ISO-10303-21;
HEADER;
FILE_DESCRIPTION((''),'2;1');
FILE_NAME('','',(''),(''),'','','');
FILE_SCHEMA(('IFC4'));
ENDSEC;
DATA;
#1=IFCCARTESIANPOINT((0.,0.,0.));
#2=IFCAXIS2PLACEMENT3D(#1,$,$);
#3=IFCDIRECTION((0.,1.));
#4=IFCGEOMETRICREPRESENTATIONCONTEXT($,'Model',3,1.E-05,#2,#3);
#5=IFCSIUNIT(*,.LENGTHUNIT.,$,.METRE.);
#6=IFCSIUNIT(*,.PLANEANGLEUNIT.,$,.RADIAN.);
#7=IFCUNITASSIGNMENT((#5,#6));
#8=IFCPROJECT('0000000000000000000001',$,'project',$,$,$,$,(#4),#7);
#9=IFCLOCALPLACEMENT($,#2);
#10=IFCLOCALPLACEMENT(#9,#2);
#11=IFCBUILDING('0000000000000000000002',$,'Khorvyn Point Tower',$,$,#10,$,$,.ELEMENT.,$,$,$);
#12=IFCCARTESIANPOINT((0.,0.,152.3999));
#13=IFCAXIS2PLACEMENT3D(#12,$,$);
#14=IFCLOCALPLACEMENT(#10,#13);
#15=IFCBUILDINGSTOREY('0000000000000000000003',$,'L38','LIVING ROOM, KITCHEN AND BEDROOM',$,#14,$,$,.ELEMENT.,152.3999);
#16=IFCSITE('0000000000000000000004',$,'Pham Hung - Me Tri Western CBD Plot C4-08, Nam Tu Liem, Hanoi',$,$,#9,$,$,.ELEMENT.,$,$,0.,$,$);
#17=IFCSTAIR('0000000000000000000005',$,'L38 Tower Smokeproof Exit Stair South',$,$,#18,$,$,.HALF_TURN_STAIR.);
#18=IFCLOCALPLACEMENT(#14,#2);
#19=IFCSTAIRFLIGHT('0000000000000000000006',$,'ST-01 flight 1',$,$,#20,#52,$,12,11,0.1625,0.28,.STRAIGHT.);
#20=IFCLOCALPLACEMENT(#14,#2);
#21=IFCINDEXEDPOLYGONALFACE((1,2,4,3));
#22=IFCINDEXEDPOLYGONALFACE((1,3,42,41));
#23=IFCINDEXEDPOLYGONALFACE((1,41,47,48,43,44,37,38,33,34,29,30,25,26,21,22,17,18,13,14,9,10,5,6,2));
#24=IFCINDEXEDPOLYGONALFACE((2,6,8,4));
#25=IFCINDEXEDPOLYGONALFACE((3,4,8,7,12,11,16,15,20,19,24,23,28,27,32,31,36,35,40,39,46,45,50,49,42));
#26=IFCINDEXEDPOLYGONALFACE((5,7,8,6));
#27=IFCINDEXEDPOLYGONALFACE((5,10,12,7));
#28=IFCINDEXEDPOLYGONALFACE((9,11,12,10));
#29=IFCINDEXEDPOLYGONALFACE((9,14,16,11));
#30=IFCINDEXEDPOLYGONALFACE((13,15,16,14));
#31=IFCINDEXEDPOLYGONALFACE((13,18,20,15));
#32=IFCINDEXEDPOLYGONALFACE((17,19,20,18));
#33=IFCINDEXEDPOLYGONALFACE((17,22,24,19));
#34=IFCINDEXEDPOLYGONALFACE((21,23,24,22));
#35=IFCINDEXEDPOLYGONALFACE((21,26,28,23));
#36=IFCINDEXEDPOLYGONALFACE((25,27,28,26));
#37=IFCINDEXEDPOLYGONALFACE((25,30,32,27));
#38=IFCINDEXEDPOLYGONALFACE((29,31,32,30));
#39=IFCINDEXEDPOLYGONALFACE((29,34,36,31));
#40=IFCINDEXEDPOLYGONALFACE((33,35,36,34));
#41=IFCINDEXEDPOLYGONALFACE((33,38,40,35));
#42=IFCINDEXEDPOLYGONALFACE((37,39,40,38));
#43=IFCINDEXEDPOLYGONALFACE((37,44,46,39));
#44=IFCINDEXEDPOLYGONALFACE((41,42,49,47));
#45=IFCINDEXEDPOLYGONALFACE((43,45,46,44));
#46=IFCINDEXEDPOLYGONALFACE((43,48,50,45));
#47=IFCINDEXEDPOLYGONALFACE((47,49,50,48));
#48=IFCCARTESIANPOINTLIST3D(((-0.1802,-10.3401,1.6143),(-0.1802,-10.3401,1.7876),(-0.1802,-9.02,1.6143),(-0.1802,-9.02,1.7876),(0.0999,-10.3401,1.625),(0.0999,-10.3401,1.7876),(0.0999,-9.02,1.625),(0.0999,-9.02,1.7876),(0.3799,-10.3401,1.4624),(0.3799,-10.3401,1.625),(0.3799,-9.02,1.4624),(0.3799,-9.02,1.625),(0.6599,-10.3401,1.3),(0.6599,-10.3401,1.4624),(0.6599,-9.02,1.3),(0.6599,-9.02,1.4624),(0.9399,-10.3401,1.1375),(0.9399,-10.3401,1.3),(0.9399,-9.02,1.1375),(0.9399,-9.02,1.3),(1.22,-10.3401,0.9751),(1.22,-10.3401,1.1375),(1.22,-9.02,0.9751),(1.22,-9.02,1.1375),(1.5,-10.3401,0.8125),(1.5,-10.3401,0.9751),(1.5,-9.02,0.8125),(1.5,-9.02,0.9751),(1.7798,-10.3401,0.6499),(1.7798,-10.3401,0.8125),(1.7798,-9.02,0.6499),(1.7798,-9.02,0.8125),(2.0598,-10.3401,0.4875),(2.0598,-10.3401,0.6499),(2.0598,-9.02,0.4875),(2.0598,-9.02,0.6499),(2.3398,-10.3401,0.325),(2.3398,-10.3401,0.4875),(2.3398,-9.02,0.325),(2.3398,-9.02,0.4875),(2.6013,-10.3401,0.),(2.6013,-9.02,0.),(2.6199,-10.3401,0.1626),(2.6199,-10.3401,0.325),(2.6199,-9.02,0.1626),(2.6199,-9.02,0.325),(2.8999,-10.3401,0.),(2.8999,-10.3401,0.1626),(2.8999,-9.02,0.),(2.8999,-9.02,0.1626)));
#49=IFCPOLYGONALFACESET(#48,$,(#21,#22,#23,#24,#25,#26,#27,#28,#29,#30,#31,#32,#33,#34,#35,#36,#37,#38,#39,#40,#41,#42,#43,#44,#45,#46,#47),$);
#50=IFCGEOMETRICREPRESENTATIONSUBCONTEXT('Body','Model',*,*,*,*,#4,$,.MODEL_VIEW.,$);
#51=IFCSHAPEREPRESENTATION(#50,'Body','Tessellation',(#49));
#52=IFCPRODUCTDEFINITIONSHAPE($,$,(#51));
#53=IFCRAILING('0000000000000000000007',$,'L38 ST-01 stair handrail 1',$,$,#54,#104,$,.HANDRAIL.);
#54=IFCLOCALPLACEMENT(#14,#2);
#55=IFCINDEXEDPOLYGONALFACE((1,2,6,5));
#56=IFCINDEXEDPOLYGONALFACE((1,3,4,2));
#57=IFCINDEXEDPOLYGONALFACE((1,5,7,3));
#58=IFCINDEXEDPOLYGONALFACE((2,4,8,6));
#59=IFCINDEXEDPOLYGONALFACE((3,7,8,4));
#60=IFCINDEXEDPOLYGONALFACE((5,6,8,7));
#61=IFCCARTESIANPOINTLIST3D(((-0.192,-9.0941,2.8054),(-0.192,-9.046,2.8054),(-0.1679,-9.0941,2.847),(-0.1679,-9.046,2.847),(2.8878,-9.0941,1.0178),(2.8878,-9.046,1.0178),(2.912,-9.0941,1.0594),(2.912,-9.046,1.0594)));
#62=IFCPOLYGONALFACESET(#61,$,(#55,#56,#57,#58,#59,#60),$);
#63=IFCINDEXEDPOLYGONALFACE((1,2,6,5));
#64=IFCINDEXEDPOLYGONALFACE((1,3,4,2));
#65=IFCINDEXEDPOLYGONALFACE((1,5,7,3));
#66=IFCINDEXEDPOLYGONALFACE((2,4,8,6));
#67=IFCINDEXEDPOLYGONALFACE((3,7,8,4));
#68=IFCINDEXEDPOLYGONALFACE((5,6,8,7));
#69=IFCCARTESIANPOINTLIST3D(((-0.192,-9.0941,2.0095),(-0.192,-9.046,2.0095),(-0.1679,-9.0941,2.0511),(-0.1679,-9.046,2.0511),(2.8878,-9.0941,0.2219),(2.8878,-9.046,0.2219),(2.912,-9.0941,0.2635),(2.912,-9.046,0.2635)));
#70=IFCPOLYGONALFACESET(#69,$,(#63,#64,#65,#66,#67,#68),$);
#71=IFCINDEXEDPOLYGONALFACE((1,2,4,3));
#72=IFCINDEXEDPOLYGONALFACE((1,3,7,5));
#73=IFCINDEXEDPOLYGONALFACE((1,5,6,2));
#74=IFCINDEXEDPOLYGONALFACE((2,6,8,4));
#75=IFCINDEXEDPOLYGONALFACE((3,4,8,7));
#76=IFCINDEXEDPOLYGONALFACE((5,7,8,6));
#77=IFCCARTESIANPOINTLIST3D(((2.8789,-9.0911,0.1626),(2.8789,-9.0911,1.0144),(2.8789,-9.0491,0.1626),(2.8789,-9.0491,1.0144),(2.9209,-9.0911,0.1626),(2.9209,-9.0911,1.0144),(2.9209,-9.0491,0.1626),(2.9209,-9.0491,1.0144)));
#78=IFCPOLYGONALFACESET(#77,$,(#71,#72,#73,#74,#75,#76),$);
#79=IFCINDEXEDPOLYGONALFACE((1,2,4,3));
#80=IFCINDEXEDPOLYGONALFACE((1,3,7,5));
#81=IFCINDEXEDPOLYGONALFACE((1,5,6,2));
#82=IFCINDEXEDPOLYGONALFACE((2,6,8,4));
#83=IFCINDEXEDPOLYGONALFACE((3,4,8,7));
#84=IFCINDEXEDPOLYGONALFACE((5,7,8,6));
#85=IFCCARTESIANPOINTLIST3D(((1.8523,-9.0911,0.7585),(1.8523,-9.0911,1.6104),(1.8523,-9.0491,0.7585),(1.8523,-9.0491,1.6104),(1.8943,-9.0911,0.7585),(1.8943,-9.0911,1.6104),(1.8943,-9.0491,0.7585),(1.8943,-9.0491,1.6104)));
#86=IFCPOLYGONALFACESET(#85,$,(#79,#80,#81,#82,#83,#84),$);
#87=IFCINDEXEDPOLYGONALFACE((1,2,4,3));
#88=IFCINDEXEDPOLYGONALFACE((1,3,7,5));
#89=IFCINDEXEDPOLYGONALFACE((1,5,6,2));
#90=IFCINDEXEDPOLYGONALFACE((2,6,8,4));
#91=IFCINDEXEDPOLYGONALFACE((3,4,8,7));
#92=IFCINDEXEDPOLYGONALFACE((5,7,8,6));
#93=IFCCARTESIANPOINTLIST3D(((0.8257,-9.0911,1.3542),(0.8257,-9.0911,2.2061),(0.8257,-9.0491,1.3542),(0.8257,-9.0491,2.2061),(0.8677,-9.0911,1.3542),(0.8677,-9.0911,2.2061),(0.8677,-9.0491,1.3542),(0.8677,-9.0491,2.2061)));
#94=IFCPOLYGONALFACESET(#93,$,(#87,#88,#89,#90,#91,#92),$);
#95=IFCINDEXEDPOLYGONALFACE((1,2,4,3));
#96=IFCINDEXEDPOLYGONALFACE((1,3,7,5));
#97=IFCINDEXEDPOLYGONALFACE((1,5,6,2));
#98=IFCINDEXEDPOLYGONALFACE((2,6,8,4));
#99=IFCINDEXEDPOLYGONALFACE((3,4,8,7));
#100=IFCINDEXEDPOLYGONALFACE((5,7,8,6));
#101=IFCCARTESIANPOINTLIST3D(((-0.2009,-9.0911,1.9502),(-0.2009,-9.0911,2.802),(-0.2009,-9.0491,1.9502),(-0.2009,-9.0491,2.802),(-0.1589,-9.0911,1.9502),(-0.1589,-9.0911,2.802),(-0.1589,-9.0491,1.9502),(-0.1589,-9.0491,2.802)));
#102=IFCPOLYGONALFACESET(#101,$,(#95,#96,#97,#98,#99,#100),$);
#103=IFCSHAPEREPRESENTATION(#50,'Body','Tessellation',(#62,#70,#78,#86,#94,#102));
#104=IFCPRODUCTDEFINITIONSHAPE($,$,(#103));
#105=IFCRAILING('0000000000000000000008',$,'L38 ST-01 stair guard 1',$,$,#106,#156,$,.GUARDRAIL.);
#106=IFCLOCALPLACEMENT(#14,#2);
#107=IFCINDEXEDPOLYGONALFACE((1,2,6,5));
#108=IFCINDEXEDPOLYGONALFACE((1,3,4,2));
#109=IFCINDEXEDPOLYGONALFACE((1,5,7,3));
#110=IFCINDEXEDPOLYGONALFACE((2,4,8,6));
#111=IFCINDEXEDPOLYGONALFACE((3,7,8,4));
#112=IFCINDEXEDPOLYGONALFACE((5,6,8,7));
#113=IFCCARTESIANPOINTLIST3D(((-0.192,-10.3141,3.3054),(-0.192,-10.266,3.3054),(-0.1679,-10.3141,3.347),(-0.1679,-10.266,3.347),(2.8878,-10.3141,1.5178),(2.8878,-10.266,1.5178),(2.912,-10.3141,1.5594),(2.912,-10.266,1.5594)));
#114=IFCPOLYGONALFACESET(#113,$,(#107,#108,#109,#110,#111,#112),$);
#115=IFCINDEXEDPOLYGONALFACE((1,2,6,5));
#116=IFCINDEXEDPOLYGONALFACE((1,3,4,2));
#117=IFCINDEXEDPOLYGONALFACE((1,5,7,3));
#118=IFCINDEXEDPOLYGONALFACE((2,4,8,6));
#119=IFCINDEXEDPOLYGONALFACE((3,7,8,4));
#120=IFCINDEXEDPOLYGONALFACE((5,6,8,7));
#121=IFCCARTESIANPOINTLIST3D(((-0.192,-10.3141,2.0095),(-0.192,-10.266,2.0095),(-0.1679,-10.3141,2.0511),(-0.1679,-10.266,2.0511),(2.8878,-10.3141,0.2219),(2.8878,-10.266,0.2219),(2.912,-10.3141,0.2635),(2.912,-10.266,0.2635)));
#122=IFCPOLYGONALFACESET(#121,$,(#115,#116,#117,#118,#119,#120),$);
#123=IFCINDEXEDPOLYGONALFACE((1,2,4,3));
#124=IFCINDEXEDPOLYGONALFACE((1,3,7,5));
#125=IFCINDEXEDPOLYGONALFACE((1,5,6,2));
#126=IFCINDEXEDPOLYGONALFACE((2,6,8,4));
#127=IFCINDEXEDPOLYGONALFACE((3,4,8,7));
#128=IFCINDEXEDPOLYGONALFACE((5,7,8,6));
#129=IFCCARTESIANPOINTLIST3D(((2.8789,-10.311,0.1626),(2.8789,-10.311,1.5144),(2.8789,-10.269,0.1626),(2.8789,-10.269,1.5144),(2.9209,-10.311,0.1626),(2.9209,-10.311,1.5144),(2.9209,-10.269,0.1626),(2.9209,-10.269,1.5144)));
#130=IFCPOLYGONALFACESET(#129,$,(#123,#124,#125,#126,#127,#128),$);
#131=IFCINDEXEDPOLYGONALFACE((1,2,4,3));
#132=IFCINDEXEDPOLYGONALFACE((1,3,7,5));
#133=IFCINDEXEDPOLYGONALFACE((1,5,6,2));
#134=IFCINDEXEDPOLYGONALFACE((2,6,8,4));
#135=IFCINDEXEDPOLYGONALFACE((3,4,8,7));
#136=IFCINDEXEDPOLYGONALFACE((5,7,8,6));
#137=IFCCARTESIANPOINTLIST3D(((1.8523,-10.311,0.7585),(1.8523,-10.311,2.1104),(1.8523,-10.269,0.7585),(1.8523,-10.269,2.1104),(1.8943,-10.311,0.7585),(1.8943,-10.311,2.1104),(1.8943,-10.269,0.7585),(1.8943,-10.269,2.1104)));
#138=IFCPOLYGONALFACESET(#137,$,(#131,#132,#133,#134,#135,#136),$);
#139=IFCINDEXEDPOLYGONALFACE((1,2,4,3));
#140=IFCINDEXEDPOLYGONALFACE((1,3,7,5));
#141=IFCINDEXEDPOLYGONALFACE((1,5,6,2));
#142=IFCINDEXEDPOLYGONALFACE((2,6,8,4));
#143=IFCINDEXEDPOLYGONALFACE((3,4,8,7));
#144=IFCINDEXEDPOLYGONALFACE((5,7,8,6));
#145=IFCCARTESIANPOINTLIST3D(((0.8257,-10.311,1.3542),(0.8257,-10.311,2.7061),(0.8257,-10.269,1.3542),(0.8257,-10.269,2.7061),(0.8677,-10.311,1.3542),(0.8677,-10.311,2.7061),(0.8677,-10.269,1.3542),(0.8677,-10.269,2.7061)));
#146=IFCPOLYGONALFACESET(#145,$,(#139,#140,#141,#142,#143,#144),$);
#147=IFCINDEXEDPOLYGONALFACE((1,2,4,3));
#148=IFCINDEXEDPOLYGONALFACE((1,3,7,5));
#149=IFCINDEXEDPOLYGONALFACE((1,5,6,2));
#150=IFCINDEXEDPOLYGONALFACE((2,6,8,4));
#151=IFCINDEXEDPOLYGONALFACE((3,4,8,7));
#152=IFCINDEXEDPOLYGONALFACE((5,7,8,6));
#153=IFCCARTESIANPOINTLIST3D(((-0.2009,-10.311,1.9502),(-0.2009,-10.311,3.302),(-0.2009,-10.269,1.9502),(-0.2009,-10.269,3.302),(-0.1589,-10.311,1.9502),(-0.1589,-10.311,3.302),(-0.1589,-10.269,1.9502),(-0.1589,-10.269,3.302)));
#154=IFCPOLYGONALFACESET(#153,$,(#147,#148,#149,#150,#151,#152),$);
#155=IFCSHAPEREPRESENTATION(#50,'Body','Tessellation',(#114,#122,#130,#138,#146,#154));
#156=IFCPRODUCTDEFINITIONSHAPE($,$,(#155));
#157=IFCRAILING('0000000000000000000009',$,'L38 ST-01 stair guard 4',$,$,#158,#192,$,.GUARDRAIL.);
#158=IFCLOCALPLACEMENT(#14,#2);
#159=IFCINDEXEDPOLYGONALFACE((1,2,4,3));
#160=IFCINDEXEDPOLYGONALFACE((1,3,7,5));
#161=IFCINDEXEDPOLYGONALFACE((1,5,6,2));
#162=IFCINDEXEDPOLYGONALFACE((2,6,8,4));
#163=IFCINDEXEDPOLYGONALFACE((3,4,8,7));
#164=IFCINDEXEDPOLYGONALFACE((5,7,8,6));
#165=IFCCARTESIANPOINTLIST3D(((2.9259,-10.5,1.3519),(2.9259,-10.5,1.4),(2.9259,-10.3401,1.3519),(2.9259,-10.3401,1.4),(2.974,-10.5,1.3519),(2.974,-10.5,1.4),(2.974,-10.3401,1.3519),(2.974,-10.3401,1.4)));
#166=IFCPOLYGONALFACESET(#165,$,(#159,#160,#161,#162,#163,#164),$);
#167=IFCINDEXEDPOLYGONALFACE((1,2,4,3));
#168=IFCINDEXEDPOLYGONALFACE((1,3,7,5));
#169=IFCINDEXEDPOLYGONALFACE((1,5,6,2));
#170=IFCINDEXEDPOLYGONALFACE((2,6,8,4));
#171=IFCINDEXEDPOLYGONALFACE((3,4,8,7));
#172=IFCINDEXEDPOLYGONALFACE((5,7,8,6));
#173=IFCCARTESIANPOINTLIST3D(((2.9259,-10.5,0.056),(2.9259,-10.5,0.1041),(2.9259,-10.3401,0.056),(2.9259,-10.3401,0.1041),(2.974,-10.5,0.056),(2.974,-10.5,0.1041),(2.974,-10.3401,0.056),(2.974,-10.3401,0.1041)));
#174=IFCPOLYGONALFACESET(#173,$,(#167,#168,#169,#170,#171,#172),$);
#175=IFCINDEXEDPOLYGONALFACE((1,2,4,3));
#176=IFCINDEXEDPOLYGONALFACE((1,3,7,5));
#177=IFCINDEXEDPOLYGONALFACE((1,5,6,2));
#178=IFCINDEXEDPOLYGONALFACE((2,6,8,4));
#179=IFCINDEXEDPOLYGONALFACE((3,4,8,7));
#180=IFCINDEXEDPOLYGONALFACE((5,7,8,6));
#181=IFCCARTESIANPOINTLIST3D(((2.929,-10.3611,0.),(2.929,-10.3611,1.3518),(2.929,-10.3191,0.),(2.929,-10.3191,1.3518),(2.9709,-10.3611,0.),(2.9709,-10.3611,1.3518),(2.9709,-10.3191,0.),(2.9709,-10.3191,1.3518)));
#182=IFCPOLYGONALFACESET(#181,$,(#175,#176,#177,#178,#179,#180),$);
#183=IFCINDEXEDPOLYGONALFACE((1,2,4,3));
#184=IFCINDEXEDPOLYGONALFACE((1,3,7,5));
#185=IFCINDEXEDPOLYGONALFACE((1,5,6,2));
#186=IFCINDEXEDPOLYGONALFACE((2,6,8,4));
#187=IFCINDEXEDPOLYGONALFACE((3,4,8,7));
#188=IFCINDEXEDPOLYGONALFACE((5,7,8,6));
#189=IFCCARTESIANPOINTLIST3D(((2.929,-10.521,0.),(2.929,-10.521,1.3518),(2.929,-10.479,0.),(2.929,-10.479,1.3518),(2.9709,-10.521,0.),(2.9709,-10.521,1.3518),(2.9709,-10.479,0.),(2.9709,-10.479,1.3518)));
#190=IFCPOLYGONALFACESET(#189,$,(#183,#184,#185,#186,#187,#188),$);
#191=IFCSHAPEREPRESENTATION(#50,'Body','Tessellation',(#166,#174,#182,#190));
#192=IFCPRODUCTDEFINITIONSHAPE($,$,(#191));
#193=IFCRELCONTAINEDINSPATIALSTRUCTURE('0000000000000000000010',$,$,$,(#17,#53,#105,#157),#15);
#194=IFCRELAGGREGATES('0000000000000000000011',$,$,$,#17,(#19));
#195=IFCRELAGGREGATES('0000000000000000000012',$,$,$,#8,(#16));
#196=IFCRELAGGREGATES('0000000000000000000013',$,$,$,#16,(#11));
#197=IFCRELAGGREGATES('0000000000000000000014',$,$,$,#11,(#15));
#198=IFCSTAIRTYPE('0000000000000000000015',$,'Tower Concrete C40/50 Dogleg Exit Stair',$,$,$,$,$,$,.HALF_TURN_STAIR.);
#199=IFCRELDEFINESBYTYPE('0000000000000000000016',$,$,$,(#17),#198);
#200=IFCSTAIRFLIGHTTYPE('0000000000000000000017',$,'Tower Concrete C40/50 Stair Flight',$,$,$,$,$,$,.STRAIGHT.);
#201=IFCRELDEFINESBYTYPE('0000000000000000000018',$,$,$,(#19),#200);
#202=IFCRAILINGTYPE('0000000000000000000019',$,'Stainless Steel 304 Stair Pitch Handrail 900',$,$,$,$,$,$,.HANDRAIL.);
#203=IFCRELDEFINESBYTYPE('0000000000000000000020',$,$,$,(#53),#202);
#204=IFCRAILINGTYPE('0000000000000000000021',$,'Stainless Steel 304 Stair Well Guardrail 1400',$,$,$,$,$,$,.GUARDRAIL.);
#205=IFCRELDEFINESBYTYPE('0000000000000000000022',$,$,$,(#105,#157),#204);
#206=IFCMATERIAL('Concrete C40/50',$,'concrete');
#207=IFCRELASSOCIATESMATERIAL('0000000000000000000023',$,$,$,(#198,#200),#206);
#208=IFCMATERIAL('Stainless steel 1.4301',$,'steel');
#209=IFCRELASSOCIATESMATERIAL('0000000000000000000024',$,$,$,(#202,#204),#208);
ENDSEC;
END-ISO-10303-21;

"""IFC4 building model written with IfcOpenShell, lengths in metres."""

from ifc_helpers import new_model, si_unit, direction, frame, origin, origin_2d, place, context, subcontext, project, spatial, polyline, rectangle, outline, extrude, material, type_object, element, aggregate, save


model = new_model("IFC4")

# Units and contexts
model_context = context("Model", 3, precision=1e-05, world=origin(), true_north=direction((0.0, 1.0)))
body_context = subcontext(model_context, "Body", "Model", "MODEL_VIEW")
ifc_project = project(units=[si_unit("LENGTHUNIT", "METRE"), si_unit("PLANEANGLEUNIT", "RADIAN")], contexts=[model_context])

# Site, building, storey
site_placement = place(None, origin())
site = spatial("IfcSite", under=ifc_project, at=site_placement, Name="Pham Hung - Me Tri Western CBD Plot C4-08, Nam Tu Liem, Hanoi", CompositionType="ELEMENT", RefElevation=0.0)
building_placement = place(site_placement, origin())
building = spatial("IfcBuilding", under=site, at=building_placement, Name="Khorvyn Point Tower", CompositionType="ELEMENT")
storey_placement = place(building_placement, frame((0.0, 0.0, 152.3999)))
storey = spatial("IfcBuildingStorey", under=building, at=storey_placement, Name="L38", Description="LIVING ROOM, KITCHEN AND BEDROOM", CompositionType="ELEMENT", Elevation=152.3999)

# Shared definitions
ifc_material_1 = material(Name="Concrete C40/50", Category="concrete")

# Stair, stair flight
stair_type = type_object("IfcStairType", Name="Tower Concrete C40/50 Dogleg Exit Stair", PredefinedType="HALF_TURN_STAIR", material=ifc_material_1)
stair_placement = place(storey_placement, origin())
stair = element("IfcStair", 1, at=stair_placement, inside=storey, type_object=stair_type, Name="L38 Tower Smokeproof Exit Stair South", PredefinedType="HALF_TURN_STAIR")
stair_flight_type = type_object("IfcStairFlightType", Name="Tower Concrete C40/50 Stair Flight", PredefinedType="STRAIGHT", material=ifc_material_1)
stair_flight_placement = place(storey_placement, frame((2.8999, -9.6799, 0.0), z_axis=(0.0, 0.0, 1.0), x_axis=(-1.0, 0.0, 0.0)))
stair_flight = element("IfcStairFlight", 2, at=stair_flight_placement, type_object=stair_flight_type, Name="ST-01 flight 1", NumberOfRisers=12, NumberOfTreads=11, PredefinedType="STRAIGHT", RiserHeight=0.1625, TreadLength=0.28, context=body_context, shape_type="SweptSolid", body=[
    extrude(outline(polyline([(0.0, 0.0), (0.0, 0.1626), (0.28, 0.1626), (0.28, 0.325), (0.5601, 0.325), (0.5601, 0.4875), (0.8401, 0.4875), (0.8401, 0.6499), (1.1201, 0.6499), (1.1201, 0.8125), (1.3999, 0.8125), (1.3999, 0.9751), (1.6799, 0.9751), (1.6799, 1.1375), (1.96, 1.1375), (1.96, 1.3), (2.24, 1.3), (2.24, 1.4624), (2.52, 1.4624), (2.52, 1.625), (2.8, 1.625), (2.8, 1.7876), (3.0801, 1.7876), (3.0801, 1.95), (3.0801, 1.6143), (0.2986, 0.0), (0.0, 0.0)])), frame((0.0, 0.6602, 0.0), z_axis=(0.0, -1.0, 0.0), x_axis=(1.0, 0.0, 0.0)), (0.0, 0.0, 1.0), 1.3201),
])
aggregate(stair, [stair_flight])

# Railings
ifc_material_2 = material(Name="Stainless steel 1.4301", Category="steel")
railing_type_1 = type_object("IfcRailingType", Name="Stainless Steel 304 Stair Pitch Handrail 900", PredefinedType="HANDRAIL", material=ifc_material_2)
railing_1_placement = place(storey_placement, frame((2.8999, -9.0701, 0.1626)))
element("IfcRailing", 3, at=railing_1_placement, inside=storey, type_object=railing_type_1, Name="L38 ST-01 stair handrail 1", PredefinedType="HANDRAIL", context=body_context, shape_type="SweptSolid", body=[
    extrude(rectangle(XDim=0.0481, YDim=0.0481, at=origin_2d()), frame((0.0, 0.0, 0.876), z_axis=(-0.864873, 0.0, 0.50199), x_axis=(0.0, -1.0, 0.0)), (0.0, 0.0, 1.0), 3.561),
    extrude(rectangle(XDim=0.0481, YDim=0.0481, at=origin_2d()), frame((0.0, 0.0, 0.0801), z_axis=(-0.864873, 0.0, 0.50199), x_axis=(0.0, -1.0, 0.0)), (0.0, 0.0, 1.0), 3.561),
    extrude(rectangle(XDim=0.042, YDim=0.042, at=origin_2d()), origin(), (0.0, 0.0, 1.0), 0.8518),
    extrude(rectangle(XDim=0.042, YDim=0.042, at=origin_2d()), frame((-1.0266, 0.0, 0.5959)), (0.0, 0.0, 1.0), 0.8518),
    extrude(rectangle(XDim=0.042, YDim=0.042, at=origin_2d()), frame((-2.0532, 0.0, 1.1917)), (0.0, 0.0, 1.0), 0.8518),
    extrude(rectangle(XDim=0.042, YDim=0.042, at=origin_2d()), frame((-3.0798, 0.0, 1.7876)), (0.0, 0.0, 1.0), 0.8518),
])
railing_type_2 = type_object("IfcRailingType", Name="Stainless Steel 304 Stair Well Guardrail 1400", PredefinedType="GUARDRAIL", material=ifc_material_2)
railing_2_placement = place(storey_placement, frame((2.8999, -10.29, 0.1626)))
element("IfcRailing", 4, at=railing_2_placement, inside=storey, type_object=railing_type_2, Name="L38 ST-01 stair guard 1", PredefinedType="GUARDRAIL", context=body_context, shape_type="SweptSolid", body=[
    extrude(rectangle(XDim=0.0481, YDim=0.0481, at=origin_2d()), frame((0.0, 0.0, 1.376), z_axis=(-0.864873, 0.0, 0.50199), x_axis=(0.0, -1.0, 0.0)), (0.0, 0.0, 1.0), 3.561),
    extrude(rectangle(XDim=0.0481, YDim=0.0481, at=origin_2d()), frame((0.0, 0.0, 0.0801), z_axis=(-0.864873, 0.0, 0.50199), x_axis=(0.0, -1.0, 0.0)), (0.0, 0.0, 1.0), 3.561),
    extrude(rectangle(XDim=0.042, YDim=0.042, at=origin_2d()), origin(), (0.0, 0.0, 1.0), 1.3518),
    extrude(rectangle(XDim=0.042, YDim=0.042, at=origin_2d()), frame((-1.0266, 0.0, 0.5959)), (0.0, 0.0, 1.0), 1.3518),
    extrude(rectangle(XDim=0.042, YDim=0.042, at=origin_2d()), frame((-2.0532, 0.0, 1.1917)), (0.0, 0.0, 1.0), 1.3518),
    extrude(rectangle(XDim=0.042, YDim=0.042, at=origin_2d()), frame((-3.0798, 0.0, 1.7876)), (0.0, 0.0, 1.0), 1.3518),
])
railing_3_placement = place(storey_placement, frame((2.95, -10.3401, 0.0)))
element("IfcRailing", 5, at=railing_3_placement, inside=storey, type_object=railing_type_2, Name="L38 ST-01 stair guard 4", PredefinedType="GUARDRAIL", context=body_context, shape_type="SweptSolid", body=[
    extrude(rectangle(XDim=0.0481, YDim=0.0481, at=origin_2d()), frame((0.0, 0.0, 1.376), z_axis=(0.0, -1.0, 0.0), x_axis=(1.0, 0.0, 0.0)), (0.0, 0.0, 1.0), 0.1599),
    extrude(rectangle(XDim=0.0481, YDim=0.0481, at=origin_2d()), frame((0.0, 0.0, 0.0801), z_axis=(0.0, -1.0, 0.0), x_axis=(1.0, 0.0, 0.0)), (0.0, 0.0, 1.0), 0.1599),
    extrude(rectangle(XDim=0.042, YDim=0.042, at=origin_2d()), origin(), (0.0, 0.0, 1.0), 1.3518),
    extrude(rectangle(XDim=0.042, YDim=0.042, at=origin_2d()), frame((0.0, -0.1599, 0.0)), (0.0, 0.0, 1.0), 1.3518),
])

save(model, "model.ifc")
